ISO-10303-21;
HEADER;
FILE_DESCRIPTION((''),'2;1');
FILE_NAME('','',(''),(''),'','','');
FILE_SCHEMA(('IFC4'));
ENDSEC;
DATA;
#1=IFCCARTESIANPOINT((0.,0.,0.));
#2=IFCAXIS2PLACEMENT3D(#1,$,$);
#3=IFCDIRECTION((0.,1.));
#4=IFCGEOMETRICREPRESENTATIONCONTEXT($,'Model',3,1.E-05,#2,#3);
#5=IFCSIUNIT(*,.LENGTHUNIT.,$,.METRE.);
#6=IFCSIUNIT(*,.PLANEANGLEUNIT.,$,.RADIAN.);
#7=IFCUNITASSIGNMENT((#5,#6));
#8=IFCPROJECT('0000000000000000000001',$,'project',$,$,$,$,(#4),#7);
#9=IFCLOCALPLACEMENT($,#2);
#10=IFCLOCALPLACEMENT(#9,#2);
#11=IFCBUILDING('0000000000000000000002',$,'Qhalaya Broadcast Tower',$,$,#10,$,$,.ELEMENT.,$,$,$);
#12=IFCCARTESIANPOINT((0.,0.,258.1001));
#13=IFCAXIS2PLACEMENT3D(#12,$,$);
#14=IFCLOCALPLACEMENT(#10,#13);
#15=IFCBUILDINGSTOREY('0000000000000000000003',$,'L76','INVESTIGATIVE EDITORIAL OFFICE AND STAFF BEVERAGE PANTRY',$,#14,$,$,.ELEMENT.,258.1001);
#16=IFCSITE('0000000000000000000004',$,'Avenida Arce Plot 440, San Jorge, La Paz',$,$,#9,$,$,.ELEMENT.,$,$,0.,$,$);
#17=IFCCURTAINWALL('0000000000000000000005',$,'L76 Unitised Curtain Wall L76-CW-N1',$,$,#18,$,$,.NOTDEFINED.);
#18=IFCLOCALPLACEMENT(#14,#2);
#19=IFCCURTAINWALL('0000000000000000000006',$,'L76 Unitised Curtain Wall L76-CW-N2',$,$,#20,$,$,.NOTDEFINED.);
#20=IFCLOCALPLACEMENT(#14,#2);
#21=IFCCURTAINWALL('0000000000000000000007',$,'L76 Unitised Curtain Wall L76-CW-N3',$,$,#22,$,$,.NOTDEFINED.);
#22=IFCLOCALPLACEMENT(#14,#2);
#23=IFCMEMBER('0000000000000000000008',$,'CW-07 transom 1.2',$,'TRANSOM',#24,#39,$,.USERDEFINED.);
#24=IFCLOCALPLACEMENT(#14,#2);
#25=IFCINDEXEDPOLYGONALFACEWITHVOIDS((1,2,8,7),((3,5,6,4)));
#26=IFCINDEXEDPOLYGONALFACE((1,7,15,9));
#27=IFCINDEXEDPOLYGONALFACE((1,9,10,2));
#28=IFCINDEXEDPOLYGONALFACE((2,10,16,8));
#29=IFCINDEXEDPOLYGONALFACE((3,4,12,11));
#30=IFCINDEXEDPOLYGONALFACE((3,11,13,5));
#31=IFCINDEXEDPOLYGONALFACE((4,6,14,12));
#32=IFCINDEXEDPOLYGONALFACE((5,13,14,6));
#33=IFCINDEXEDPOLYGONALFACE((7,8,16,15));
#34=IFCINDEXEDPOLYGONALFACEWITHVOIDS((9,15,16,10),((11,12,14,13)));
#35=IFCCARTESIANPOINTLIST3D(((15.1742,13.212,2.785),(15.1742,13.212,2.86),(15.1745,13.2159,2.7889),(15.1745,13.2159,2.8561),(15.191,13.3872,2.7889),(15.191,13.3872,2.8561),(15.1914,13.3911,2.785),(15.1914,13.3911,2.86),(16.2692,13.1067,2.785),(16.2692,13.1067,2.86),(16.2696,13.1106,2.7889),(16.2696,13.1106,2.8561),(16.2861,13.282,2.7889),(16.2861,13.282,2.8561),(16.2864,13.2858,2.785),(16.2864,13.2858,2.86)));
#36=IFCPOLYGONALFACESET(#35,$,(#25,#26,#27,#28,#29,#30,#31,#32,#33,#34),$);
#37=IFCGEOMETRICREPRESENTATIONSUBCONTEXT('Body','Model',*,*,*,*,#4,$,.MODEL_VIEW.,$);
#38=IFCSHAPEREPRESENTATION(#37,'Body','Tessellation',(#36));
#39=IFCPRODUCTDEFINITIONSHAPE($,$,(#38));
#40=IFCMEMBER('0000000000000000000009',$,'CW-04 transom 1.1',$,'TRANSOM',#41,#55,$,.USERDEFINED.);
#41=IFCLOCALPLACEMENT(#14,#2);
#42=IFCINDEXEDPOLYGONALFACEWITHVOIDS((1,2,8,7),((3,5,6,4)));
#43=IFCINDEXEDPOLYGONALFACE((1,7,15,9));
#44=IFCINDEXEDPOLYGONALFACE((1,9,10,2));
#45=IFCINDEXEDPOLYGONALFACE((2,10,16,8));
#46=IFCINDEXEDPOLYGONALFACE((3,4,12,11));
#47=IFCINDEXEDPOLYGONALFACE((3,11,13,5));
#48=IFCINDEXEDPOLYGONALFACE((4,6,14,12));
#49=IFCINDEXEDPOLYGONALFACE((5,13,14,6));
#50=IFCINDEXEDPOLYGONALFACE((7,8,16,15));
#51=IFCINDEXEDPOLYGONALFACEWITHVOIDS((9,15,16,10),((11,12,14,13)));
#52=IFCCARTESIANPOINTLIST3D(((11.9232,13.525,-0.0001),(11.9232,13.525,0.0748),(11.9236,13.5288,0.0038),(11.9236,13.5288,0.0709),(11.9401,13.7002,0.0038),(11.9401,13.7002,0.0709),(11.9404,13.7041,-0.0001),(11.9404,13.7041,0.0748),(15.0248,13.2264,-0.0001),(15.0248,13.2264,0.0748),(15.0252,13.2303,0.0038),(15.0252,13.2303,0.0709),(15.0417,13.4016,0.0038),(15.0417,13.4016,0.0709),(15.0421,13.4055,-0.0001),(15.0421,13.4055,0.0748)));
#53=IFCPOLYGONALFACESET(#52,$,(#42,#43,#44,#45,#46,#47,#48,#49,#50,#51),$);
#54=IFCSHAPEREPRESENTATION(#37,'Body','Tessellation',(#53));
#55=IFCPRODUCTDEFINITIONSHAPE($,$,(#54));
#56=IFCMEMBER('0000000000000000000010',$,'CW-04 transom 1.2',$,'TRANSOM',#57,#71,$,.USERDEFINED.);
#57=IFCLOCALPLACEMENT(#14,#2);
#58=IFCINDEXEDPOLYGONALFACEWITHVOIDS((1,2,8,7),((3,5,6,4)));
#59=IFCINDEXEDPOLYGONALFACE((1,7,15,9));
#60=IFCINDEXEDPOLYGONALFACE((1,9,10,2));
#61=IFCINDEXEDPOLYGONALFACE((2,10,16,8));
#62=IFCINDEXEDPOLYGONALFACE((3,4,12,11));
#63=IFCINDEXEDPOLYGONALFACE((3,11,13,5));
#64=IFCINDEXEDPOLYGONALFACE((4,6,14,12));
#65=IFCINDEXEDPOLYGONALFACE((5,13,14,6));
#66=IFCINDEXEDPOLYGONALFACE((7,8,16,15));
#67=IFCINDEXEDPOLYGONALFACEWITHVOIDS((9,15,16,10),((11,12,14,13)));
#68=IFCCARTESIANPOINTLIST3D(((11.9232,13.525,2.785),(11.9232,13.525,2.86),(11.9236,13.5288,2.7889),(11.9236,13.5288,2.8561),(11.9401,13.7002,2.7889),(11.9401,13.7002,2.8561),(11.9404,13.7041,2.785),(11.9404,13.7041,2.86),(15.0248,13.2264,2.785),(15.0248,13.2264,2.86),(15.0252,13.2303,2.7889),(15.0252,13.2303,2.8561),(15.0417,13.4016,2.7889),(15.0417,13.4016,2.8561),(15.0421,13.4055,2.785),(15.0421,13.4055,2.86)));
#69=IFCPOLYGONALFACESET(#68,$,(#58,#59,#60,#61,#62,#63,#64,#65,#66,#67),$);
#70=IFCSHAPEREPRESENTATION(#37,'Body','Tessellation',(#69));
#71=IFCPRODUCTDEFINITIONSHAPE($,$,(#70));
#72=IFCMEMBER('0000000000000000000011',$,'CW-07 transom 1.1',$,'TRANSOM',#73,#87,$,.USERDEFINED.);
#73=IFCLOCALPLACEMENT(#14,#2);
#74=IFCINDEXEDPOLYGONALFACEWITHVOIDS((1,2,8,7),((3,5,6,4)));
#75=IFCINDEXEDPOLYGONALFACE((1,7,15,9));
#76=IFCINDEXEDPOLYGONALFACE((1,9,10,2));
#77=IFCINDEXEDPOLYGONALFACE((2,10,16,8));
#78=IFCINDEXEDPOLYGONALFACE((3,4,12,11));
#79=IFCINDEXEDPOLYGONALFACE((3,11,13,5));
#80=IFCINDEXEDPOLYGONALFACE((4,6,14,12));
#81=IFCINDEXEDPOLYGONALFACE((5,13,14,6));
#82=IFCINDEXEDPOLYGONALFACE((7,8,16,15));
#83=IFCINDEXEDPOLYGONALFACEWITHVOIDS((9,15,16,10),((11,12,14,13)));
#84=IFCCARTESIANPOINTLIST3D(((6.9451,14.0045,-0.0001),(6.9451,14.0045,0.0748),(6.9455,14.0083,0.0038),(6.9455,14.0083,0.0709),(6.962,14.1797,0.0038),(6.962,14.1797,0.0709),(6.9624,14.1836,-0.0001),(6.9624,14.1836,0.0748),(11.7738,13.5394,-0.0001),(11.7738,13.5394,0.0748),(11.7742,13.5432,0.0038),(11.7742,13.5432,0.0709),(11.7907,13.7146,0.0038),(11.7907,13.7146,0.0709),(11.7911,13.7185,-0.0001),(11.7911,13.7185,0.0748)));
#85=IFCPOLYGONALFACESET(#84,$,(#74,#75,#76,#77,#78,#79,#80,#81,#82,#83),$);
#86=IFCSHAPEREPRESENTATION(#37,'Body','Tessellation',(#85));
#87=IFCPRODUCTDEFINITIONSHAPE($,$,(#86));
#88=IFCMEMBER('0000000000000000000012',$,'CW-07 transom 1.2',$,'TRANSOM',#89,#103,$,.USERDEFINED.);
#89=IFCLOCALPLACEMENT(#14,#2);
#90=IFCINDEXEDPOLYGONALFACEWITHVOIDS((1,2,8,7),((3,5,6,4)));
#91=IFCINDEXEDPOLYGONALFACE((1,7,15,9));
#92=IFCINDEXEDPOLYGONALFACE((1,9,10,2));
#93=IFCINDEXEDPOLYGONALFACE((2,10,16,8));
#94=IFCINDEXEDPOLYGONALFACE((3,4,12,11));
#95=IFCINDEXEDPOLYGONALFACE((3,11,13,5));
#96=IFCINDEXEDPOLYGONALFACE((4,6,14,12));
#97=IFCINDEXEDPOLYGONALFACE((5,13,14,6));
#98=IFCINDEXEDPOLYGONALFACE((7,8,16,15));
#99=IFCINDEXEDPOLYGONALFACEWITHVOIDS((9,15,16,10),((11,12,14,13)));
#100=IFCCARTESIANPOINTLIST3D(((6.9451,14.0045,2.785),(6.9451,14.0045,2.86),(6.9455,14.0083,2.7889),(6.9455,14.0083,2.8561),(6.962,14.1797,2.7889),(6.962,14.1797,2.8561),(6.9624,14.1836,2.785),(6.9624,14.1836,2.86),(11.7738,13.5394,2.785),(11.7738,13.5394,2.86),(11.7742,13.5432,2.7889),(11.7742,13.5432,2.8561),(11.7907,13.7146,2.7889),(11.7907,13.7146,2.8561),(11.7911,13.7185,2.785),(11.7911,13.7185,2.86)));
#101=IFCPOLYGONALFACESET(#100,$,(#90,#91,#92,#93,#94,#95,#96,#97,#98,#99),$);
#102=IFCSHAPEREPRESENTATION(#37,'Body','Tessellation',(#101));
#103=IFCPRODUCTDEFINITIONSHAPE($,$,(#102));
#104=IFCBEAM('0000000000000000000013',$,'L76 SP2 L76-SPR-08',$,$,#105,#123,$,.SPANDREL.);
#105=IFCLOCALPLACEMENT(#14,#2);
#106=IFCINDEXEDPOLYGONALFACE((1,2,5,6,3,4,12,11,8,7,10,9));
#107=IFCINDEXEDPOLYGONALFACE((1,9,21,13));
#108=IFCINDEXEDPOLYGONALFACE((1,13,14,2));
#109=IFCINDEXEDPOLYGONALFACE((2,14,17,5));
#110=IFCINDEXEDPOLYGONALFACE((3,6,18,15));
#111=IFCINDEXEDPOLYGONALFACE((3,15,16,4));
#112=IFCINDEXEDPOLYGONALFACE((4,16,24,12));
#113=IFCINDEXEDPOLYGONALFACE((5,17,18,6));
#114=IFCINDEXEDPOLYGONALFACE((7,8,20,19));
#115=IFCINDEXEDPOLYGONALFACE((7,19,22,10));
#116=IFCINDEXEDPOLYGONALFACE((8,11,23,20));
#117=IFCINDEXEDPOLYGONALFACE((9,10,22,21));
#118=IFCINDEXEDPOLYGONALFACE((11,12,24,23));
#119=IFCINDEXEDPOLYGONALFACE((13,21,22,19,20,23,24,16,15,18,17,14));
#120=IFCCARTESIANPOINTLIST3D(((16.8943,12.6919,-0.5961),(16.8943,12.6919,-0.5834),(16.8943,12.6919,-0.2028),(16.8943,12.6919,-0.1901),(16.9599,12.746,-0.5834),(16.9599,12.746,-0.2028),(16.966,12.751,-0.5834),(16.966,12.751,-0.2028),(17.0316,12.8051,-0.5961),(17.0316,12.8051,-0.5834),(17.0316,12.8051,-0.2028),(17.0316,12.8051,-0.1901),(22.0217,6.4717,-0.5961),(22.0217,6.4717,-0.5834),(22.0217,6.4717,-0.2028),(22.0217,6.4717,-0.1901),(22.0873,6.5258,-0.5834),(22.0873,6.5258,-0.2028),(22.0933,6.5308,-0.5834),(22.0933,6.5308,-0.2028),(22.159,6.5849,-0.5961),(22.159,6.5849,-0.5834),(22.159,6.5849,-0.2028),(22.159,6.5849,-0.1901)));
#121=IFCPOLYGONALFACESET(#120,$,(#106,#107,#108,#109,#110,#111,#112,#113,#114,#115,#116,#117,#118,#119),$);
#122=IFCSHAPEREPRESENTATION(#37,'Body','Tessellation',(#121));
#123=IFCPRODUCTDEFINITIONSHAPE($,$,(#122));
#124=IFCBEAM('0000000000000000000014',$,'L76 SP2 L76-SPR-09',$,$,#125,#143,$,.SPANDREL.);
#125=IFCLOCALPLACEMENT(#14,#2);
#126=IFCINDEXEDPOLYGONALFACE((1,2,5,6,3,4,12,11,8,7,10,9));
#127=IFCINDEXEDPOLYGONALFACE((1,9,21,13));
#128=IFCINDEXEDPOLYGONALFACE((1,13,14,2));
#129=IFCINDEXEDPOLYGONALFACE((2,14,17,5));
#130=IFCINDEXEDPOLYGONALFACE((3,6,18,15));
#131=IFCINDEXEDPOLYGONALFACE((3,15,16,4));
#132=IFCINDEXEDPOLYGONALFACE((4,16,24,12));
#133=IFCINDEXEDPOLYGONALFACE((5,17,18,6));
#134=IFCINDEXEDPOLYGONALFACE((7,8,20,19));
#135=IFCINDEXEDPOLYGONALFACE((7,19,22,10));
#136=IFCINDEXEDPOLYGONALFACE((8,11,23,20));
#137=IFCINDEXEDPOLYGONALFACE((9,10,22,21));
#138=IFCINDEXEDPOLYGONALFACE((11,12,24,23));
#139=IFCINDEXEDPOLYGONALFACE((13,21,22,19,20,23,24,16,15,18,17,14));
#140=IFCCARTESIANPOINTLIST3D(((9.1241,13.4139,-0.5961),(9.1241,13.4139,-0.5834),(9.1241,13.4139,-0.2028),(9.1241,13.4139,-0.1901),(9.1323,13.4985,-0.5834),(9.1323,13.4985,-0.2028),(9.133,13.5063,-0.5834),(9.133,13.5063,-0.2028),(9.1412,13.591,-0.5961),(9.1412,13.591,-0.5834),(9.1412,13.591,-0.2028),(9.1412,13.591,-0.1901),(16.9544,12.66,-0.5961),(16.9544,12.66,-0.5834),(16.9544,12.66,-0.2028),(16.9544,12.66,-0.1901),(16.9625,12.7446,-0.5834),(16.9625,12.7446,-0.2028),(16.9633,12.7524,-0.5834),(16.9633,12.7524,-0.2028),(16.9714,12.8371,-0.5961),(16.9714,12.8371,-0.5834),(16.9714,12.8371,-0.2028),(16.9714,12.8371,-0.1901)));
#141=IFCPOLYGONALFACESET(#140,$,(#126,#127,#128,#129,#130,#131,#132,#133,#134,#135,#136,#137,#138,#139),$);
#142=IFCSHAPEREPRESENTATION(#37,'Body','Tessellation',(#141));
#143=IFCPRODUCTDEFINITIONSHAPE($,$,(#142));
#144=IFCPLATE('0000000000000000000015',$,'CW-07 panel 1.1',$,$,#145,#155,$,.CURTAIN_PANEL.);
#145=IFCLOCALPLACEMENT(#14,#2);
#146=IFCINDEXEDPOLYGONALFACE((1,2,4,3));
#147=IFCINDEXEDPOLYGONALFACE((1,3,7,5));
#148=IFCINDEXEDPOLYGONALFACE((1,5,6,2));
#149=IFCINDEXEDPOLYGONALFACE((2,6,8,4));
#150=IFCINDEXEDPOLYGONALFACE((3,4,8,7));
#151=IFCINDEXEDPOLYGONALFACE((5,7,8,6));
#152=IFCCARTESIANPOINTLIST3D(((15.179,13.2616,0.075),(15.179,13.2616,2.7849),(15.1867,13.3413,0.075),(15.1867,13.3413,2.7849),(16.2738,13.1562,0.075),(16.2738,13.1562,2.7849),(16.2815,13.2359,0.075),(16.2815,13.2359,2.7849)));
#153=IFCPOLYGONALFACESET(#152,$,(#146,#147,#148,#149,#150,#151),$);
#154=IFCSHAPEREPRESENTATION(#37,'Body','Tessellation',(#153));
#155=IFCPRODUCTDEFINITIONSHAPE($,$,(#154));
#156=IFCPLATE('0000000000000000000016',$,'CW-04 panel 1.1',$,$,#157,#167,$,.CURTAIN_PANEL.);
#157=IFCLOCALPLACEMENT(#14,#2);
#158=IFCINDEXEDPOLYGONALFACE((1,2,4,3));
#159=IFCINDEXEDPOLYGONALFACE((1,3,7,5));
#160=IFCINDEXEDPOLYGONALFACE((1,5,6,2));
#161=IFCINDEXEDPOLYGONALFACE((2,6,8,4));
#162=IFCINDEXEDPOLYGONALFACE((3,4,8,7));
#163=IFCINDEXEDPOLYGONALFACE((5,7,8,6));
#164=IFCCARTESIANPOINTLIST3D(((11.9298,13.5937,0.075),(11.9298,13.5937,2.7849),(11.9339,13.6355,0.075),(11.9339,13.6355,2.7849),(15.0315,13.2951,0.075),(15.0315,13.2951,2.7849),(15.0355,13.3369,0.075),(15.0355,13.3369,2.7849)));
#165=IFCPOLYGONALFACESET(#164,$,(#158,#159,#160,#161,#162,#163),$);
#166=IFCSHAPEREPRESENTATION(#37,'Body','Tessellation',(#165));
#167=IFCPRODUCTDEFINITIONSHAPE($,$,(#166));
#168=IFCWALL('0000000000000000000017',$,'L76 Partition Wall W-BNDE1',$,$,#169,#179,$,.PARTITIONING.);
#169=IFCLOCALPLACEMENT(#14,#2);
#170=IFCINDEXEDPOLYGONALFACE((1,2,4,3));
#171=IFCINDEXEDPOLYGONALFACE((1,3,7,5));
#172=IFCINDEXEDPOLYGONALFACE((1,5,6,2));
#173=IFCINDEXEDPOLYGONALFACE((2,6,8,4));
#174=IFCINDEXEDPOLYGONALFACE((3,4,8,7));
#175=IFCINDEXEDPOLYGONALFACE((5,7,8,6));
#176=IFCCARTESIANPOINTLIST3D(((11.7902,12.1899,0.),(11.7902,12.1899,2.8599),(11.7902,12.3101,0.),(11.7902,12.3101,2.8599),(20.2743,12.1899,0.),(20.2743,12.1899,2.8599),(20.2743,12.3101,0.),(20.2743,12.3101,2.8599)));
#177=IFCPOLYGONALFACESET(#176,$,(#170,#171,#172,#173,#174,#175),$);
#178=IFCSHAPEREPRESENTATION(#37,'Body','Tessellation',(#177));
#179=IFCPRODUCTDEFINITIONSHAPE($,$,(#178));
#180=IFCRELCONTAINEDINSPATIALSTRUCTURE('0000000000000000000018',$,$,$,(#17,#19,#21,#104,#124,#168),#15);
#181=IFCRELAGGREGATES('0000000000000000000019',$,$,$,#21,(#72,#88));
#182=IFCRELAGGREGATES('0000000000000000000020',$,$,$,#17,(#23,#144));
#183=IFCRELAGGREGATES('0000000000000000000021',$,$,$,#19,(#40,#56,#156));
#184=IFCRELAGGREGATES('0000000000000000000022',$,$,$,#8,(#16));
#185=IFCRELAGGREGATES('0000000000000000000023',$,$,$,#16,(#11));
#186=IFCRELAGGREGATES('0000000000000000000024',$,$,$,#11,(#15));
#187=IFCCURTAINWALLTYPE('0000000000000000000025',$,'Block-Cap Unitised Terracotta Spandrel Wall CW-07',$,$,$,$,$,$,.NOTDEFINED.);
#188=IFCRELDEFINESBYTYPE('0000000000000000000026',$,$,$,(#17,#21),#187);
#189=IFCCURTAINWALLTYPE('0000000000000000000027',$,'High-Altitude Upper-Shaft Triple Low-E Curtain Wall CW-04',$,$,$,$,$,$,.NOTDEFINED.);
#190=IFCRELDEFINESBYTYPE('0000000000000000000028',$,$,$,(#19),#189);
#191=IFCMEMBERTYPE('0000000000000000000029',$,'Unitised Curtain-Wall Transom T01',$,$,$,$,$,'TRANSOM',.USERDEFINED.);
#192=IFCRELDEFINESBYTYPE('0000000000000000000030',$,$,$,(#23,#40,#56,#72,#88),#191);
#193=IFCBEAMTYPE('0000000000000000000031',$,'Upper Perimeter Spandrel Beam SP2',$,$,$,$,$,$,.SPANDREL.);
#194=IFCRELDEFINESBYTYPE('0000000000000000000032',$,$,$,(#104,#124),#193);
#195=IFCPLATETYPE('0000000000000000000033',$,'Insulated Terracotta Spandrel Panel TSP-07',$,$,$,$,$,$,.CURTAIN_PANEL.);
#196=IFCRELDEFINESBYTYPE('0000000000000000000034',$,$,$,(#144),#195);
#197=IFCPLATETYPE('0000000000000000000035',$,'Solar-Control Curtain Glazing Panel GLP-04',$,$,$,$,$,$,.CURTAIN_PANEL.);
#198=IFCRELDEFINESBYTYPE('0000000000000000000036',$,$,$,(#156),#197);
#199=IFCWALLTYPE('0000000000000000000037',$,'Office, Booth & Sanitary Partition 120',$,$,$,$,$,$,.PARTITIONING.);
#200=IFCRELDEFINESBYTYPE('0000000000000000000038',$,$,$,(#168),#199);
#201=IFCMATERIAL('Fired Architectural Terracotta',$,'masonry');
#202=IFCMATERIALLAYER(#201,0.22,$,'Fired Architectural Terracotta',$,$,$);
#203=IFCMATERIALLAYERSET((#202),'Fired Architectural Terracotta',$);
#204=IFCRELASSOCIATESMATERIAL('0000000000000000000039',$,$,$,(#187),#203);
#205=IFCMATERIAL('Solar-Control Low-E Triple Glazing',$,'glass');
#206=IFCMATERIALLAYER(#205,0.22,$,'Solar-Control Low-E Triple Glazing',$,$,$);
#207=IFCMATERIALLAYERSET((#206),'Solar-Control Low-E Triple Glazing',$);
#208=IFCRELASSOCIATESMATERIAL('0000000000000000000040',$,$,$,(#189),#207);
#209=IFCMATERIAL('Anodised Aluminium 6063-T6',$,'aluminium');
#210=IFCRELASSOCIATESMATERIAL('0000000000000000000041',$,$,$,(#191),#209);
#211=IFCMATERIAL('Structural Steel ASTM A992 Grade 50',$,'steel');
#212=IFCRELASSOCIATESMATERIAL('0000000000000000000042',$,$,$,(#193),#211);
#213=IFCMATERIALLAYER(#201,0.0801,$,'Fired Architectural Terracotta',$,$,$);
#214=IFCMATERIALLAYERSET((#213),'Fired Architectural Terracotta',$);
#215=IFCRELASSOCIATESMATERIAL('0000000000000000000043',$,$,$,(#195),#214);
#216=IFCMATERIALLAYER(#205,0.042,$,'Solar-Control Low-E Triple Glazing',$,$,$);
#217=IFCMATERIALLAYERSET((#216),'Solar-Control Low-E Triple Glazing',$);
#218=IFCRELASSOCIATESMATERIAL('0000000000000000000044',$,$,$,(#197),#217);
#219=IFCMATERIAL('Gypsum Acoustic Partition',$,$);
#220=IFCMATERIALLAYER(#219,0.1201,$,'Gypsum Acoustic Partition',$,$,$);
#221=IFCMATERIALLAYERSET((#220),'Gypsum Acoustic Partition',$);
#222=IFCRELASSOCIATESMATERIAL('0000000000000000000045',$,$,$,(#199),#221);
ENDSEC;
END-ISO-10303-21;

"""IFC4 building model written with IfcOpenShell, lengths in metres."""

from ifc_helpers import new_model, si_unit, direction, frame, frame_2d, origin, origin_2d, place, context, subcontext, project, spatial, rectangle, hollow_rectangle, i_section, extrude, material, layer, layer_set, material_profile, profile_set, type_object, element, aggregate, save


model = new_model("IFC4")

# Units and contexts
model_context = context("Model", 3, precision=1e-05, world=origin(), true_north=direction((0.0, 1.0)))
body_context = subcontext(model_context, "Body", "Model", "MODEL_VIEW")
ifc_project = project(units=[si_unit("LENGTHUNIT", "METRE"), si_unit("PLANEANGLEUNIT", "RADIAN")], contexts=[model_context])

# Site, building, storey
site_placement = place(None, origin())
site = spatial("IfcSite", under=ifc_project, at=site_placement, Name="Avenida Arce Plot 440, San Jorge, La Paz", CompositionType="ELEMENT", RefElevation=0.0)
building_placement = place(site_placement, origin())
building = spatial("IfcBuilding", under=site, at=building_placement, Name="Qhalaya Broadcast Tower", CompositionType="ELEMENT")
storey_placement = place(building_placement, frame((0.0, 0.0, 258.1001)))
storey = spatial("IfcBuildingStorey", under=building, at=storey_placement, Name="L76", Description="INVESTIGATIVE EDITORIAL OFFICE AND STAFF BEVERAGE PANTRY", CompositionType="ELEMENT", Elevation=258.1001)

# Shared definitions
ifc_material_1 = material(Name="Fired Architectural Terracotta", Category="masonry")

# Shared definitions
ifc_layer_1 = layer(ifc_material_1, 0.22, Name="Fired Architectural Terracotta")
ifc_layer_set_1 = layer_set([ifc_layer_1], Name="Fired Architectural Terracotta")
curtain_wall_type_1 = type_object("IfcCurtainWallType", Name="Block-Cap Unitised Terracotta Spandrel Wall CW-07", PredefinedType="NOTDEFINED", material=ifc_layer_set_1)
ifc_material_2 = material(Name="Anodised Aluminium 6063-T6", Category="aluminium")

# Curtain walls
curtain_wall_1_placement = place(storey_placement, origin())
curtain_wall_1 = element("IfcCurtainWall", 1, at=curtain_wall_1_placement, inside=storey, type_object=curtain_wall_type_1, Name="L76 Unitised Curtain Wall L76-CW-N1", PredefinedType="NOTDEFINED")
ifc_material_3 = material(Name="Solar-Control Low-E Triple Glazing", Category="glass")
ifc_layer_2 = layer(ifc_material_3, 0.22, Name="Solar-Control Low-E Triple Glazing")
ifc_layer_set_2 = layer_set([ifc_layer_2], Name="Solar-Control Low-E Triple Glazing")
curtain_wall_type_2 = type_object("IfcCurtainWallType", Name="High-Altitude Upper-Shaft Triple Low-E Curtain Wall CW-04", PredefinedType="NOTDEFINED", material=ifc_layer_set_2)
curtain_wall_2_placement = place(storey_placement, origin())
curtain_wall_2 = element("IfcCurtainWall", 2, at=curtain_wall_2_placement, inside=storey, type_object=curtain_wall_type_2, Name="L76 Unitised Curtain Wall L76-CW-N2", PredefinedType="NOTDEFINED")

# Curtain wall
curtain_wall_3_placement = place(storey_placement, origin())
curtain_wall_3 = element("IfcCurtainWall", 3, at=curtain_wall_3_placement, inside=storey, type_object=curtain_wall_type_1, Name="L76 Unitised Curtain Wall L76-CW-N3", PredefinedType="NOTDEFINED")

# Members
ifc_material_profile_1 = material_profile(ifc_material_2, hollow_rectangle(XDim=0.075, YDim=0.1799, WallThickness=0.0039, at=origin_2d()), Name="ALU-TRN 75x180x4")
ifc_profile_set_1 = profile_set([ifc_material_profile_1], Name="Anodised Aluminium 6063-T6")
member_type_1 = type_object("IfcMemberType", Name="Unitised Curtain-Wall Transom T01", ElementType="TRANSOM", PredefinedType="USERDEFINED", material=ifc_profile_set_1)
member_1_placement = place(storey_placement, frame((16.2778, 13.1963, 2.8225), z_axis=(-0.995414, 0.095657, 0.0), x_axis=(0.0, 0.0, 1.0)))
member_1 = element("IfcMember", 4, at=member_1_placement, type_object=member_type_1, Name="CW-07 transom 1.2", ObjectType="TRANSOM", PredefinedType="USERDEFINED", context=body_context, shape_type="SweptSolid", body=[
    extrude(hollow_rectangle(XDim=0.075, YDim=0.1799, WallThickness=0.0039, at=origin_2d()), origin(), (0.0, 0.0, 1.0), 1.1001),
])
member_2_placement = place(storey_placement, frame((15.0334, 13.3159, 0.0374), z_axis=(-0.995398, 0.095826, 0.0), x_axis=(0.0, 0.0, 1.0)))
member_2 = element("IfcMember", 5, at=member_2_placement, type_object=member_type_1, Name="CW-04 transom 1.1", ObjectType="TRANSOM", PredefinedType="USERDEFINED", context=body_context, shape_type="SweptSolid", body=[
    extrude(hollow_rectangle(XDim=0.075, YDim=0.1799, WallThickness=0.0039, at=origin_2d()), origin(), (0.0, 0.0, 1.0), 3.116),
])
member_3_placement = place(storey_placement, frame((15.0334, 13.3159, 2.8225), z_axis=(-0.995398, 0.095826, 0.0), x_axis=(0.0, 0.0, 1.0)))
member_3 = element("IfcMember", 6, at=member_3_placement, type_object=member_type_1, Name="CW-04 transom 1.2", ObjectType="TRANSOM", PredefinedType="USERDEFINED", context=body_context, shape_type="SweptSolid", body=[
    extrude(hollow_rectangle(XDim=0.075, YDim=0.1799, WallThickness=0.0039, at=origin_2d()), origin(), (0.0, 0.0, 1.0), 3.116),
])
member_4_placement = place(storey_placement, frame((11.7825, 13.6289, 0.0374), z_axis=(-0.995393, 0.095875, 0.0), x_axis=(0.0, 0.0, 1.0)))
member_4 = element("IfcMember", 7, at=member_4_placement, type_object=member_type_1, Name="CW-07 transom 1.1", ObjectType="TRANSOM", PredefinedType="USERDEFINED", context=body_context, shape_type="SweptSolid", body=[
    extrude(hollow_rectangle(XDim=0.075, YDim=0.1799, WallThickness=0.0039, at=origin_2d()), origin(), (0.0, 0.0, 1.0), 4.8511),
])
member_5_placement = place(storey_placement, frame((11.7825, 13.6289, 2.8225), z_axis=(-0.995393, 0.095875, 0.0), x_axis=(0.0, 0.0, 1.0)))
member_5 = element("IfcMember", 8, at=member_5_placement, type_object=member_type_1, Name="CW-07 transom 1.2", ObjectType="TRANSOM", PredefinedType="USERDEFINED", context=body_context, shape_type="SweptSolid", body=[
    extrude(hollow_rectangle(XDim=0.075, YDim=0.1799, WallThickness=0.0039, at=origin_2d()), origin(), (0.0, 0.0, 1.0), 4.8511),
])
aggregate(curtain_wall_3, [member_4, member_5])

# Beams
ifc_material_4 = material(Name="Structural Steel ASTM A992 Grade 50", Category="steel")
ifc_material_profile_2 = material_profile(ifc_material_4, i_section(OverallWidth=0.178, OverallDepth=0.406, WebThickness=0.0078, FlangeThickness=0.0127, at=origin_2d()), Name="W16X40")
ifc_profile_set_2 = profile_set([ifc_material_profile_2], Name="Structural Steel ASTM A992 Grade 50")
beam_type = type_object("IfcBeamType", Name="Upper Perimeter Spandrel Beam SP2", PredefinedType="SPANDREL", material=ifc_profile_set_2)
beam_1_placement = place(storey_placement, frame((22.0903, 6.5283, -0.3931), z_axis=(-0.63607, 0.771631, 0.0), x_axis=(-0.771631, -0.63607, 0.0)))
element("IfcBeam", 9, at=beam_1_placement, inside=storey, type_object=beam_type, Name="L76 SP2 L76-SPR-08", PredefinedType="SPANDREL", context=body_context, shape_type="SweptSolid", body=[
    extrude(i_section(OverallWidth=0.178, OverallDepth=0.406, WebThickness=0.0078, FlangeThickness=0.0127, at=origin_2d()), origin(), (0.0, 0.0, 1.0), 8.061),
])
beam_2_placement = place(storey_placement, frame((16.9629, 12.7485, -0.3931), z_axis=(-0.995397, 0.095837, 0.0), x_axis=(-0.095837, -0.995397, 0.0)))
element("IfcBeam", 10, at=beam_2_placement, inside=storey, type_object=beam_type, Name="L76 SP2 L76-SPR-09", PredefinedType="SPANDREL", context=body_context, shape_type="SweptSolid", body=[
    extrude(i_section(OverallWidth=0.178, OverallDepth=0.406, WebThickness=0.0078, FlangeThickness=0.0127, at=origin_2d()), origin(), (0.0, 0.0, 1.0), 7.8665),
])

# Plates
ifc_layer_3 = layer(ifc_material_1, 0.0801, Name="Fired Architectural Terracotta")
ifc_layer_set_3 = layer_set([ifc_layer_3], Name="Fired Architectural Terracotta")
plate_type_1 = type_object("IfcPlateType", Name="Insulated Terracotta Spandrel Panel TSP-07", PredefinedType="CURTAIN_PANEL", material=ifc_layer_set_3)
plate_1_placement = place(storey_placement, frame((15.7302, 13.2488, 0.075), z_axis=(0.0, 0.0, 1.0), x_axis=(-0.995396, 0.095844, 0.0)))
plate_1 = element("IfcPlate", 11, at=plate_1_placement, type_object=plate_type_1, Name="CW-07 panel 1.1", PredefinedType="CURTAIN_PANEL", context=body_context, shape_type="SweptSolid", body=[
    extrude(rectangle(XDim=1.0999, YDim=0.0801, at=origin_2d()), origin(), (0.0, 0.0, 1.0), 2.71),
])
aggregate(curtain_wall_1, [member_1, plate_1])
ifc_layer_4 = layer(ifc_material_3, 0.042, Name="Solar-Control Low-E Triple Glazing")
ifc_layer_set_4 = layer_set([ifc_layer_4], Name="Solar-Control Low-E Triple Glazing")
plate_type_2 = type_object("IfcPlateType", Name="Solar-Control Curtain Glazing Panel GLP-04", PredefinedType="CURTAIN_PANEL", material=ifc_layer_set_4)
plate_2_placement = place(storey_placement, frame((13.4827, 13.4653, 0.075), z_axis=(0.0, 0.0, 1.0), x_axis=(-0.995397, 0.095835, 0.0)))
plate_2 = element("IfcPlate", 12, at=plate_2_placement, type_object=plate_type_2, Name="CW-04 panel 1.1", PredefinedType="CURTAIN_PANEL", context=body_context, shape_type="SweptSolid", body=[
    extrude(rectangle(XDim=3.116, YDim=0.042, at=origin_2d()), origin(), (0.0, 0.0, 1.0), 2.71),
])
aggregate(curtain_wall_2, [member_2, member_3, plate_2])

# Wall
ifc_material_5 = material(Name="Gypsum Acoustic Partition")
ifc_layer_5 = layer(ifc_material_5, 0.1201, Name="Gypsum Acoustic Partition")
ifc_layer_set_5 = layer_set([ifc_layer_5], Name="Gypsum Acoustic Partition")
wall_type = type_object("IfcWallType", Name="Office, Booth & Sanitary Partition 120", PredefinedType="PARTITIONING", material=ifc_layer_set_5)
wall_placement = place(storey_placement, frame((11.79, 12.25, 0.0), z_axis=(0.0, 0.0, 1.0), x_axis=(1.0, 0.0, 0.0)))
element("IfcWall", 13, at=wall_placement, inside=storey, type_object=wall_type, Name="L76 Partition Wall W-BNDE1", PredefinedType="PARTITIONING", context=body_context, shape_type="SweptSolid", body=[
    extrude(rectangle(XDim=8.4841, YDim=0.1201, at=frame_2d((4.2422, 0.0))), origin(), (0.0, 0.0, 1.0), 2.8599),
])

save(model, "model.ifc")
